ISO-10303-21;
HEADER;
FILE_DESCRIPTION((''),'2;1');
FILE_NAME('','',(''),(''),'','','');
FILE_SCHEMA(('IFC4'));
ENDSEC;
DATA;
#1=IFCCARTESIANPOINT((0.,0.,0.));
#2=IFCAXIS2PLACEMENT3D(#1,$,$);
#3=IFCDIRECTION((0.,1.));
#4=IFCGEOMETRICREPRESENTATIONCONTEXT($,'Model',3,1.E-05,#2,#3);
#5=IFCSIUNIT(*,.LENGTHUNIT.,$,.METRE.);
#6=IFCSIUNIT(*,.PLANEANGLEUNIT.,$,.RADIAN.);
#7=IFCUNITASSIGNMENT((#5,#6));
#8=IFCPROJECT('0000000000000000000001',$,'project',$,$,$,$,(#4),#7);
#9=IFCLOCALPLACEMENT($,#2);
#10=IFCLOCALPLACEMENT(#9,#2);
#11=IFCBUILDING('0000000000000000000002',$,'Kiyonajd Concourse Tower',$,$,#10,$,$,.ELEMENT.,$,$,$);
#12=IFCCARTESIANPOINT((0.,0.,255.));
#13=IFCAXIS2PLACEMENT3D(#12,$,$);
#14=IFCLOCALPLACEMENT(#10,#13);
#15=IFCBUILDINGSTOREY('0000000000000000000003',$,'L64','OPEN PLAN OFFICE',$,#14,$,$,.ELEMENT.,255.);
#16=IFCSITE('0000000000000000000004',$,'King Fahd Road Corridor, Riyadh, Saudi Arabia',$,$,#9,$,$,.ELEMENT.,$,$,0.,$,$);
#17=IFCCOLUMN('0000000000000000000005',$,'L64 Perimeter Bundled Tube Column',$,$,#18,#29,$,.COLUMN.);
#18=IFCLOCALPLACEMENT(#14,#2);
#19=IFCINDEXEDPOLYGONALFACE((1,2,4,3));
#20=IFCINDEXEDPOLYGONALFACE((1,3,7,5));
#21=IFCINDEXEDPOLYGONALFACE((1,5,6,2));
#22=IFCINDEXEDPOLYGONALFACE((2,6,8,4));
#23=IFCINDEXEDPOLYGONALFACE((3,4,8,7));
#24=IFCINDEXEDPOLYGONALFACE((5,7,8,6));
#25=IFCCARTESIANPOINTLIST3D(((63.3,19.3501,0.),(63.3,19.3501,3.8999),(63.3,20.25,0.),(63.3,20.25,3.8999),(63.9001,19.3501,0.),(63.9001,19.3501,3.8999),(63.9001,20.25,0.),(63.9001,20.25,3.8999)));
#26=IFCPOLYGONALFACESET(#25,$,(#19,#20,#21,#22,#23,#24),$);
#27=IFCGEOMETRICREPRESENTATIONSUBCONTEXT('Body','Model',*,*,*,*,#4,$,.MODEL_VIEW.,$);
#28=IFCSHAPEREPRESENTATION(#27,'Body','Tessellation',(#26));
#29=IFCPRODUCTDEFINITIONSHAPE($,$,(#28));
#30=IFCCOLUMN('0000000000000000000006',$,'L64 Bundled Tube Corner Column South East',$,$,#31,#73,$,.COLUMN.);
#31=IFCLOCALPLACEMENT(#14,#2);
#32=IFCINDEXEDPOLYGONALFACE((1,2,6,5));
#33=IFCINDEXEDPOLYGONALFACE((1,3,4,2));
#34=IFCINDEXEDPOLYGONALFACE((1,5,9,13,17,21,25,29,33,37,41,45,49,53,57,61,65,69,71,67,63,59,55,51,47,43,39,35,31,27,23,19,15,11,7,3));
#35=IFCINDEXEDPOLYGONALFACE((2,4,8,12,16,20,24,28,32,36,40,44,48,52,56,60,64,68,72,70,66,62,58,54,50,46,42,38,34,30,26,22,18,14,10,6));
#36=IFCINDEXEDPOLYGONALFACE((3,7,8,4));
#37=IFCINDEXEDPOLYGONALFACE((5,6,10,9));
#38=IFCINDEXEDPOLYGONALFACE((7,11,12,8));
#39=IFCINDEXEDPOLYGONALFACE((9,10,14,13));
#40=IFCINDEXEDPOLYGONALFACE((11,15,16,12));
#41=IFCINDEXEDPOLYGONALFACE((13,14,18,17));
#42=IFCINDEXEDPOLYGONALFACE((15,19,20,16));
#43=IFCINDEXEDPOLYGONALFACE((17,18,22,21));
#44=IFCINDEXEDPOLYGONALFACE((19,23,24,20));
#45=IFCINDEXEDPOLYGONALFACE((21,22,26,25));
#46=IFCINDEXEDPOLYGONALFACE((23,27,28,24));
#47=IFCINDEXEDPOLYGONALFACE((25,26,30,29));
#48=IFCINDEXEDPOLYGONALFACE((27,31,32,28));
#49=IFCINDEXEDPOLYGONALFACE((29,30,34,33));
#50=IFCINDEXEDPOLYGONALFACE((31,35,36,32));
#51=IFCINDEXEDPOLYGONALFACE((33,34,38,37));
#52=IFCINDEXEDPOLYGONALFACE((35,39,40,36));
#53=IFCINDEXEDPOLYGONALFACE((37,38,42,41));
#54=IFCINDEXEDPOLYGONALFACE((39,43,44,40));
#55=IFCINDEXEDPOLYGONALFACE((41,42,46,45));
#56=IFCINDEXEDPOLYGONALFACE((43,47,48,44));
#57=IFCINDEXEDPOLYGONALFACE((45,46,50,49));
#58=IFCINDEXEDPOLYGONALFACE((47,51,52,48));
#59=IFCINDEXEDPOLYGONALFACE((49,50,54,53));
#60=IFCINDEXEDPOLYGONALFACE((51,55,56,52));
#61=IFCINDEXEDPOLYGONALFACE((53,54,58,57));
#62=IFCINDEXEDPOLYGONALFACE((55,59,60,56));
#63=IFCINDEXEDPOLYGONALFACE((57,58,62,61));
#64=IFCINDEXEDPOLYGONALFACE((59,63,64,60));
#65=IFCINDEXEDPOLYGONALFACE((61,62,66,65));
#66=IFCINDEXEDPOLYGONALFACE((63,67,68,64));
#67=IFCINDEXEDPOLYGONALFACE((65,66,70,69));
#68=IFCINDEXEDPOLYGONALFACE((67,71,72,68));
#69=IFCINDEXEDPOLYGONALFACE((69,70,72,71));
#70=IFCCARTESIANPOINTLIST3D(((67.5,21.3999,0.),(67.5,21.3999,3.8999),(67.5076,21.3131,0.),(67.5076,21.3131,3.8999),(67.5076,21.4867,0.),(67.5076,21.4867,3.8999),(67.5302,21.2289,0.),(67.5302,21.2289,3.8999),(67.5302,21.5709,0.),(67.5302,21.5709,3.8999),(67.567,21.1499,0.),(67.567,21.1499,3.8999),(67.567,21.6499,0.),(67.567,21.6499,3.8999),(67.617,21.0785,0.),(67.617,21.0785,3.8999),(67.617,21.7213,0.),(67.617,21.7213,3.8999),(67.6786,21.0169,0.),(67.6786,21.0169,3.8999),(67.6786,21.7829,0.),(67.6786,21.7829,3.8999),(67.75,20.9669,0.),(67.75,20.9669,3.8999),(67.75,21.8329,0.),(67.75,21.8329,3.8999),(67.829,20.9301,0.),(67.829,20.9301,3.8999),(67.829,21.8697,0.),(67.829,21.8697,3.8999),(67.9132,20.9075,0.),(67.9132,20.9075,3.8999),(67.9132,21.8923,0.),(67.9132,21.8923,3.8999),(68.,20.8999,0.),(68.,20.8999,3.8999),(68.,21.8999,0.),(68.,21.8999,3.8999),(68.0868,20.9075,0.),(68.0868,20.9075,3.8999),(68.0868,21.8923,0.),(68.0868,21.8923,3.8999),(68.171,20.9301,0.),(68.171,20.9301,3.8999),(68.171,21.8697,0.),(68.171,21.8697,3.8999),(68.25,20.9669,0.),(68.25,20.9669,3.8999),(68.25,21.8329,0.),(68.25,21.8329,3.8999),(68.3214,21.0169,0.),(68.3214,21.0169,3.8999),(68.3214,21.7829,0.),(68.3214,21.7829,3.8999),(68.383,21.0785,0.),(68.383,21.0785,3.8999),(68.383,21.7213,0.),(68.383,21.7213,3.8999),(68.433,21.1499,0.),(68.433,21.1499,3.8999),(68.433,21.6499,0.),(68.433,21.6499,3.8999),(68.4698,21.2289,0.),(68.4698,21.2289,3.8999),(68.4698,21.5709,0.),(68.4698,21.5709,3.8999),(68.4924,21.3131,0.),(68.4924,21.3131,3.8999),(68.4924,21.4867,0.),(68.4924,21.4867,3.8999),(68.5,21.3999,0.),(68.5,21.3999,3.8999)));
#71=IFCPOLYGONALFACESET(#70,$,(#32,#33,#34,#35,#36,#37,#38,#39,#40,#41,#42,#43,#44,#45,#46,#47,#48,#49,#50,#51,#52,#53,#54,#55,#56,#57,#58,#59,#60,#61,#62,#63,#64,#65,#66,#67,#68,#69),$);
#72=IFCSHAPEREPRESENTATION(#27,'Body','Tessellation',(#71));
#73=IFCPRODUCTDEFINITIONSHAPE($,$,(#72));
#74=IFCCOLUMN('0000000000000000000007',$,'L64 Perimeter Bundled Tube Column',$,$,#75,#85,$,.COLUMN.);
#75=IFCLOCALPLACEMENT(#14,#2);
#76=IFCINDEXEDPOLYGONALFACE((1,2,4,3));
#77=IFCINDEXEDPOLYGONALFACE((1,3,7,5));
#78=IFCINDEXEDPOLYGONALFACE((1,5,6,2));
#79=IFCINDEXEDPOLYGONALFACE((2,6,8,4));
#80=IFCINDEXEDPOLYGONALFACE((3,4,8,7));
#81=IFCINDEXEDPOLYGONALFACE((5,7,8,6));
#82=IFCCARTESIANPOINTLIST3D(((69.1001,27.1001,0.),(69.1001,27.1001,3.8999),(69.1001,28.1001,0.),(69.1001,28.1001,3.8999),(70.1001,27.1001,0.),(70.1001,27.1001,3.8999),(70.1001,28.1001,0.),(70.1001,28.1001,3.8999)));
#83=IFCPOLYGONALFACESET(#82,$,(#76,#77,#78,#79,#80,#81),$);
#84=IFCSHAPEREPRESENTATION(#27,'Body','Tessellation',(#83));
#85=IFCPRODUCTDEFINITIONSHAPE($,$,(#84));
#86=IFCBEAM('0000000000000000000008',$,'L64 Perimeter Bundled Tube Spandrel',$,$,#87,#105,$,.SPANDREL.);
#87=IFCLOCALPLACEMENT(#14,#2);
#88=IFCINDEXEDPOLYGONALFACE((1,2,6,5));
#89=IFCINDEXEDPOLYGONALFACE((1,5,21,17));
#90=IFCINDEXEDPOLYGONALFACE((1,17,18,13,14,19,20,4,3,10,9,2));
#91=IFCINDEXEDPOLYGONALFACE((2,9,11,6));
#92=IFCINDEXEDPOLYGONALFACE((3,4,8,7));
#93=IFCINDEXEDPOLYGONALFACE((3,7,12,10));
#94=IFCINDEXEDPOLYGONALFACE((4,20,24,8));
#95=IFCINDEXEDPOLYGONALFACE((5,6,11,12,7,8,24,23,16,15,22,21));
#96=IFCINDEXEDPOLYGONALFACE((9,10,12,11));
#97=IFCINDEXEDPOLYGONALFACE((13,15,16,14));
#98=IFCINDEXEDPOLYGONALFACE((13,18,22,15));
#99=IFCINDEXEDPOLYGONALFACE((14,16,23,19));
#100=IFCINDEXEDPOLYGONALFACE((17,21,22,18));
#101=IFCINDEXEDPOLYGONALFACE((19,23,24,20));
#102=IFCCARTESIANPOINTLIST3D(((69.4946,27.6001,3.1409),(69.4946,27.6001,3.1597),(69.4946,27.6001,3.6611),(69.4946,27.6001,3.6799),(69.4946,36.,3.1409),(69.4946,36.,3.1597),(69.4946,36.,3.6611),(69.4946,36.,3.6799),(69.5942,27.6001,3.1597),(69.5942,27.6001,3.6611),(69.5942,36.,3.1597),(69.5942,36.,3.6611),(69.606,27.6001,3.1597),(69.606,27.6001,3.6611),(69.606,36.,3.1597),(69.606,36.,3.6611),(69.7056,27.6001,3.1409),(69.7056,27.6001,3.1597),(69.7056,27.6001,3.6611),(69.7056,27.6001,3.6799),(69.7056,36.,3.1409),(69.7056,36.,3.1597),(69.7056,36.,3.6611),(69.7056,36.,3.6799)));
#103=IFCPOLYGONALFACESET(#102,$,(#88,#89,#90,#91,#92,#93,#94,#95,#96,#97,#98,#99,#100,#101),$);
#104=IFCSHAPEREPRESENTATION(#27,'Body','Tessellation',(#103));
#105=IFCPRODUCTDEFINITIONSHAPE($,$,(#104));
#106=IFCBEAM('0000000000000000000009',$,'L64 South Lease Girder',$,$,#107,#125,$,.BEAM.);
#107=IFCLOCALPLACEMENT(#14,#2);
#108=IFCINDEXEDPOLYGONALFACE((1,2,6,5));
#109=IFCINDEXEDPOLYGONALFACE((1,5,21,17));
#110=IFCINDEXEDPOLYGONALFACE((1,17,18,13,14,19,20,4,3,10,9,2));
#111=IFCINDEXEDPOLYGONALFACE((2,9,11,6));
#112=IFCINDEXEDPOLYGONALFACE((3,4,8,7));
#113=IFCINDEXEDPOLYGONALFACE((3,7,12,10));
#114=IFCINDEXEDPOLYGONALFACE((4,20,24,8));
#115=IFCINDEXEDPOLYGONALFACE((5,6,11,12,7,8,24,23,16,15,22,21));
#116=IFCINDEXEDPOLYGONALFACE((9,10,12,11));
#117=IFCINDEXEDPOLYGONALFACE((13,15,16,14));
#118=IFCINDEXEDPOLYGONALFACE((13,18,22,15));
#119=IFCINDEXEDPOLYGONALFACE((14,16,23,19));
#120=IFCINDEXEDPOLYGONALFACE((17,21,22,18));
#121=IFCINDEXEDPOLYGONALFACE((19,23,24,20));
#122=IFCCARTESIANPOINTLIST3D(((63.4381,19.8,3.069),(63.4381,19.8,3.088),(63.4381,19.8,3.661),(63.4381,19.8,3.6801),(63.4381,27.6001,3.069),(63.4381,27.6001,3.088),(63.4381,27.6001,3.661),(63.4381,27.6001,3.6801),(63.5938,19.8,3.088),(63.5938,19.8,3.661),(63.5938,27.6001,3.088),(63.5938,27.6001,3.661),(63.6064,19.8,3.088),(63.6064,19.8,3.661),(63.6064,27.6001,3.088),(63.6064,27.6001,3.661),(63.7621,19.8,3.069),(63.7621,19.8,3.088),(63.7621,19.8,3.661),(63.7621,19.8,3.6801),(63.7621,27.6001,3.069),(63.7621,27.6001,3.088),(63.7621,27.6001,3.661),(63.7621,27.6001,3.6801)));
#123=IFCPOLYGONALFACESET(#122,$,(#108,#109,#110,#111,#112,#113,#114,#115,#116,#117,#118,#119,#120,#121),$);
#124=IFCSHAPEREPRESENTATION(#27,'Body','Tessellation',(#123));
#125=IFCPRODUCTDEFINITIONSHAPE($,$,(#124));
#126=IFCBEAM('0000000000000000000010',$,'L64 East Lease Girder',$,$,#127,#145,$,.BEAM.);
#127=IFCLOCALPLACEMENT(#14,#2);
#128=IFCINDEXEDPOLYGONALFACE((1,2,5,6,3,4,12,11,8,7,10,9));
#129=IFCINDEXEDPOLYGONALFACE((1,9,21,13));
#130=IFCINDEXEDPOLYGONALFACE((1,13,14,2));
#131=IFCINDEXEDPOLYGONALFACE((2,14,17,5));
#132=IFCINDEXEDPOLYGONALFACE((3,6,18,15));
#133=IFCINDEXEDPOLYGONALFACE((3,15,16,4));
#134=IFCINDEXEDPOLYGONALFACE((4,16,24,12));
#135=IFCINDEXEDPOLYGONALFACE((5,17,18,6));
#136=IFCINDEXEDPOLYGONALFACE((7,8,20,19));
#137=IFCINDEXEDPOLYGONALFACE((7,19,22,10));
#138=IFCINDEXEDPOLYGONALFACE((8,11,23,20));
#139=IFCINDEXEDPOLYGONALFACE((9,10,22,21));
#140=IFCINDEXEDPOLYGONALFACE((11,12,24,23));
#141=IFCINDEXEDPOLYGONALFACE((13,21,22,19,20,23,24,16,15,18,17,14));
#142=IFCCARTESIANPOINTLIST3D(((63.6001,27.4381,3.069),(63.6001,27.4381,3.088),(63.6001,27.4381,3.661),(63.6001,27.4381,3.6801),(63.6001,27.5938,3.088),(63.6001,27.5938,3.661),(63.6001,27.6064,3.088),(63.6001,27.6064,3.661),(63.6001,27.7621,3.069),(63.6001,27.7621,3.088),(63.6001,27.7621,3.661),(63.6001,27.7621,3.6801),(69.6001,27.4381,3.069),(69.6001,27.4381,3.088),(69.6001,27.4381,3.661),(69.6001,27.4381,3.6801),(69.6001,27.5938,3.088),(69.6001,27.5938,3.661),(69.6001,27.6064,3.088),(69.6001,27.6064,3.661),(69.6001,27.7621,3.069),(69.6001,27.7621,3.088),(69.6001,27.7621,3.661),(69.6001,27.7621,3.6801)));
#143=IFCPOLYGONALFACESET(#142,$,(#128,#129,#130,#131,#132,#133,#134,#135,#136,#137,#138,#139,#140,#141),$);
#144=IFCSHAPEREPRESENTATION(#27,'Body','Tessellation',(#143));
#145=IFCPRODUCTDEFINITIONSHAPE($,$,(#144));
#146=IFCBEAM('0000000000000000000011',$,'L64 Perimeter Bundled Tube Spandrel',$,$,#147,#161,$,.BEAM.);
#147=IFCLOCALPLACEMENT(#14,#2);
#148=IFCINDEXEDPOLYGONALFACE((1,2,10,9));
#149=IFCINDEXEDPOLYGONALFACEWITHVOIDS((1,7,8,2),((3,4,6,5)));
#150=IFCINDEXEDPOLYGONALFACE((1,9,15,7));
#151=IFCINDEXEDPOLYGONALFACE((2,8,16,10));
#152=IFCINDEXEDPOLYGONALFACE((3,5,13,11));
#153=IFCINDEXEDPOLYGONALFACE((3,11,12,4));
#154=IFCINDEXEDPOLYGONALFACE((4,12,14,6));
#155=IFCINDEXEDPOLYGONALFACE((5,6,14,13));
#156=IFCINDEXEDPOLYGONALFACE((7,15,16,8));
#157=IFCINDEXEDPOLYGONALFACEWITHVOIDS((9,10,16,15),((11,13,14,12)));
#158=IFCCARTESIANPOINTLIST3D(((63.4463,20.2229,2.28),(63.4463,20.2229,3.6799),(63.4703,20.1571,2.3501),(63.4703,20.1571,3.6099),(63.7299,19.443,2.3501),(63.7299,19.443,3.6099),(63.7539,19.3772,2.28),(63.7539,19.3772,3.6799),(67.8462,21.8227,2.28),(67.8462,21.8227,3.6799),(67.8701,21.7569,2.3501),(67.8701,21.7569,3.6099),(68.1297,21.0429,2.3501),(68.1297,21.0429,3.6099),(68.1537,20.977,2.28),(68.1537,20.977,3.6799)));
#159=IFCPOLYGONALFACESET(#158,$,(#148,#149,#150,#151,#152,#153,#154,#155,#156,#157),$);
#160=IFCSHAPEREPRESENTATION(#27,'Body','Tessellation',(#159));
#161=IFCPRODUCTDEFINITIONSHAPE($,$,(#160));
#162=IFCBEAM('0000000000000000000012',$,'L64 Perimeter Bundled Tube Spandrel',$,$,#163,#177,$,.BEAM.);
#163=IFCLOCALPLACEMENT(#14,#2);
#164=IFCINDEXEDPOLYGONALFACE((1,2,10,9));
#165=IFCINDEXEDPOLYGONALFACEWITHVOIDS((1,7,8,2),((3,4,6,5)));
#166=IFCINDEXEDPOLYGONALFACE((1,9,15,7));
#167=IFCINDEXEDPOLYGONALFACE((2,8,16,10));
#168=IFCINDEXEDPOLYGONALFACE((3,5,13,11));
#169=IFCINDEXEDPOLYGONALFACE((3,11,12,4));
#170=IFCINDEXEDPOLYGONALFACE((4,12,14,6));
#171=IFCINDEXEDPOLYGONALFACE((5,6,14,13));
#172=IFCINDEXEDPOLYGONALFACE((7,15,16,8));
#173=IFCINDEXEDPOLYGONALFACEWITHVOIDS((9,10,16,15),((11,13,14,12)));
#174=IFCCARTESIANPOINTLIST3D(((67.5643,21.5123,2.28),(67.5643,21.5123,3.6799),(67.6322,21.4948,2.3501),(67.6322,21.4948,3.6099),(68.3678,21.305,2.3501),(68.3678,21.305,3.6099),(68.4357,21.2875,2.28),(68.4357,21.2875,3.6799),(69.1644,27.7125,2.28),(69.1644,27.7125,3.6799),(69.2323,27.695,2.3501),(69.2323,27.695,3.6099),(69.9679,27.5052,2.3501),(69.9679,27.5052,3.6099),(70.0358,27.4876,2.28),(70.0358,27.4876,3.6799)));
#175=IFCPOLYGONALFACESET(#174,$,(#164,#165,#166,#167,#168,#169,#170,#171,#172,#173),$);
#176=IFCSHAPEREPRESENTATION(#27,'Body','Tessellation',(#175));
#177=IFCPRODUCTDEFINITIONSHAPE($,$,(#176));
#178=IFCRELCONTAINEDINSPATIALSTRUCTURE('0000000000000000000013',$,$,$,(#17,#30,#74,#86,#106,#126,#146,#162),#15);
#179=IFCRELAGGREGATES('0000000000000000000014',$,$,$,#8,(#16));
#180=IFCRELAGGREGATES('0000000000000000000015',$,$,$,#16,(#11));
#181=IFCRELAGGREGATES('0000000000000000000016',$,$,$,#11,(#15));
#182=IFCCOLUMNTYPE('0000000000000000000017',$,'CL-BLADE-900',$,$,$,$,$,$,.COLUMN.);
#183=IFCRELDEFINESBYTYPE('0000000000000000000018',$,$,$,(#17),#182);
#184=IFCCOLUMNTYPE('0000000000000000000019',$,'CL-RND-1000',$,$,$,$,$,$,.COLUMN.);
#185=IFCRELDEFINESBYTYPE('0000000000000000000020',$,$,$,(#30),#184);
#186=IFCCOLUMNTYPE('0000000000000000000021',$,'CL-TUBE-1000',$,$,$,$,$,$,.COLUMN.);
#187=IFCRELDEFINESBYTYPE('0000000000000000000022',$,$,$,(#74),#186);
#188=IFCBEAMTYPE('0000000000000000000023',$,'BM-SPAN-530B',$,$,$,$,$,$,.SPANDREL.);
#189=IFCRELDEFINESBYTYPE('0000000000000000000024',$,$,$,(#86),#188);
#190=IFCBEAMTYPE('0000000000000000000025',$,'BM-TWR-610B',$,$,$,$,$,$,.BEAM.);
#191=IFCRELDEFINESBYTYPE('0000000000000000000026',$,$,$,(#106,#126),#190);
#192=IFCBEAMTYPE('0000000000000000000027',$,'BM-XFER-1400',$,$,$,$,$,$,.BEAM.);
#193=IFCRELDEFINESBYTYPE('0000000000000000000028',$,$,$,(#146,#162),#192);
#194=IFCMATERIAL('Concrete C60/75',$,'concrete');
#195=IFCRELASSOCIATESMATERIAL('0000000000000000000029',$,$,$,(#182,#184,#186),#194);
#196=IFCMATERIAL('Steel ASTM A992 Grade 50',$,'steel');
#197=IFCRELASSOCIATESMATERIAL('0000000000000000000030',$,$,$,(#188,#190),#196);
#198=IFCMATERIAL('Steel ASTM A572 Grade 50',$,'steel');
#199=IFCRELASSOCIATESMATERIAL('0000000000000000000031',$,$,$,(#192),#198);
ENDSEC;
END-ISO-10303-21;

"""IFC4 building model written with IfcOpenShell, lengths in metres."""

from ifc_helpers import new_model, si_unit, direction, frame, origin, origin_2d, place, context, subcontext, project, spatial, rectangle, hollow_rectangle, circle, i_section, extrude, material, material_profile, profile_set, type_object, element, save


model = new_model("IFC4")

# Units and contexts
model_context = context("Model", 3, precision=1e-05, world=origin(), true_north=direction((0.0, 1.0)))
body_context = subcontext(model_context, "Body", "Model", "MODEL_VIEW")
ifc_project = project(units=[si_unit("LENGTHUNIT", "METRE"), si_unit("PLANEANGLEUNIT", "RADIAN")], contexts=[model_context])

# Site, building, storey
site_placement = place(None, origin())
site = spatial("IfcSite", under=ifc_project, at=site_placement, Name="King Fahd Road Corridor, Riyadh, Saudi Arabia", CompositionType="ELEMENT", RefElevation=0.0)
building_placement = place(site_placement, origin())
building = spatial("IfcBuilding", under=site, at=building_placement, Name="Kiyonajd Concourse Tower", CompositionType="ELEMENT")
storey_placement = place(building_placement, frame((0.0, 0.0, 255.0)))
storey = spatial("IfcBuildingStorey", under=building, at=storey_placement, Name="L64", Description="OPEN PLAN OFFICE", CompositionType="ELEMENT", Elevation=255.0)

# Columns
ifc_material_1 = material(Name="Concrete C60/75", Category="concrete")
ifc_material_profile_1 = material_profile(ifc_material_1, rectangle(XDim=0.6001, YDim=0.8999, at=origin_2d()), Name="RC-900x600")
ifc_profile_set_1 = profile_set([ifc_material_profile_1], Name="Concrete C60/75")
column_type_1 = type_object("IfcColumnType", Name="CL-BLADE-900", PredefinedType="COLUMN", material=ifc_profile_set_1)
column_1_placement = place(storey_placement, frame((63.6001, 19.8, 0.0), z_axis=(0.0, 0.0, 1.0), x_axis=(1.0, 0.0, 0.0)))
element("IfcColumn", 1, at=column_1_placement, inside=storey, type_object=column_type_1, Name="L64 Perimeter Bundled Tube Column", PredefinedType="COLUMN", context=body_context, shape_type="SweptSolid", body=[
    extrude(rectangle(XDim=0.6001, YDim=0.8999, at=origin_2d()), origin(), (0.0, 0.0, 1.0), 3.8999),
])
ifc_material_profile_2 = material_profile(ifc_material_1, circle(Radius=0.5, at=origin_2d()), Name="RCC-D1000")
ifc_profile_set_2 = profile_set([ifc_material_profile_2], Name="Concrete C60/75")
column_type_2 = type_object("IfcColumnType", Name="CL-RND-1000", PredefinedType="COLUMN", material=ifc_profile_set_2)
column_2_placement = place(storey_placement, frame((68.0, 21.3999, 0.0), z_axis=(0.0, 0.0, 1.0), x_axis=(1.0, 0.0, 0.0)))
element("IfcColumn", 2, at=column_2_placement, inside=storey, type_object=column_type_2, Name="L64 Bundled Tube Corner Column South East", PredefinedType="COLUMN", context=body_context, shape_type="SweptSolid", body=[
    extrude(circle(Radius=0.5, at=origin_2d()), origin(), (0.0, 0.0, 1.0), 3.8999),
])
ifc_material_profile_3 = material_profile(ifc_material_1, rectangle(XDim=1.0, YDim=1.0, at=origin_2d()), Name="RC-1000x1000")
ifc_profile_set_3 = profile_set([ifc_material_profile_3], Name="Concrete C60/75")
column_type_3 = type_object("IfcColumnType", Name="CL-TUBE-1000", PredefinedType="COLUMN", material=ifc_profile_set_3)
column_3_placement = place(storey_placement, frame((69.6001, 27.6001, 0.0), z_axis=(0.0, 0.0, 1.0), x_axis=(1.0, 0.0, 0.0)))
element("IfcColumn", 3, at=column_3_placement, inside=storey, type_object=column_type_3, Name="L64 Perimeter Bundled Tube Column", PredefinedType="COLUMN", context=body_context, shape_type="SweptSolid", body=[
    extrude(rectangle(XDim=1.0, YDim=1.0, at=origin_2d()), origin(), (0.0, 0.0, 1.0), 3.8999),
])

# Beams
ifc_material_2 = material(Name="Steel ASTM A992 Grade 50", Category="steel")
ifc_material_profile_4 = material_profile(ifc_material_2, i_section(OverallWidth=0.2109, OverallDepth=0.5391, WebThickness=0.0117, FlangeThickness=0.0188, at=origin_2d()), Name="W530X109")
ifc_profile_set_4 = profile_set([ifc_material_profile_4], Name="Steel ASTM A992 Grade 50")
beam_type_1 = type_object("IfcBeamType", Name="BM-SPAN-530B", PredefinedType="SPANDREL", material=ifc_profile_set_4)
beam_1_placement = place(storey_placement, frame((69.6001, 27.6001, 3.4104), z_axis=(0.0, 1.0, 0.0), x_axis=(-1.0, 0.0, 0.0)))
element("IfcBeam", 4, at=beam_1_placement, inside=storey, type_object=beam_type_1, Name="L64 Perimeter Bundled Tube Spandrel", PredefinedType="SPANDREL", context=body_context, shape_type="SweptSolid", body=[
    extrude(i_section(OverallWidth=0.2109, OverallDepth=0.5391, WebThickness=0.0117, FlangeThickness=0.0188, at=origin_2d()), origin(), (0.0, 0.0, 1.0), 8.3999),
])
ifc_material_profile_5 = material_profile(ifc_material_2, i_section(OverallWidth=0.324, OverallDepth=0.6111, WebThickness=0.0127, FlangeThickness=0.019, at=origin_2d()), Name="W610X155")
ifc_profile_set_5 = profile_set([ifc_material_profile_5], Name="Steel ASTM A992 Grade 50")
beam_type_2 = type_object("IfcBeamType", Name="BM-TWR-610B", PredefinedType="BEAM", material=ifc_profile_set_5)
beam_2_placement = place(storey_placement, frame((63.6001, 19.8, 3.3745), z_axis=(0.0, 1.0, 0.0), x_axis=(-1.0, 0.0, 0.0)))
element("IfcBeam", 5, at=beam_2_placement, inside=storey, type_object=beam_type_2, Name="L64 South Lease Girder", PredefinedType="BEAM", context=body_context, shape_type="SweptSolid", body=[
    extrude(i_section(OverallWidth=0.324, OverallDepth=0.6111, WebThickness=0.0127, FlangeThickness=0.019, at=origin_2d()), origin(), (0.0, 0.0, 1.0), 7.8),
])
beam_3_placement = place(storey_placement, frame((63.6001, 27.6001, 3.3745), z_axis=(1.0, 0.0, 0.0), x_axis=(0.0, 1.0, 0.0)))
element("IfcBeam", 6, at=beam_3_placement, inside=storey, type_object=beam_type_2, Name="L64 East Lease Girder", PredefinedType="BEAM", context=body_context, shape_type="SweptSolid", body=[
    extrude(i_section(OverallWidth=0.324, OverallDepth=0.6111, WebThickness=0.0127, FlangeThickness=0.019, at=origin_2d()), origin(), (0.0, 0.0, 1.0), 6.0),
])
ifc_material_3 = material(Name="Steel ASTM A572 Grade 50", Category="steel")
ifc_material_profile_6 = material_profile(ifc_material_3, hollow_rectangle(XDim=0.8999, YDim=1.3999, WallThickness=0.0701, at=origin_2d()), Name="BOX-1400x900x70")
ifc_profile_set_6 = profile_set([ifc_material_profile_6], Name="Steel ASTM A572 Grade 50")
beam_type_3 = type_object("IfcBeamType", Name="BM-XFER-1400", PredefinedType="BEAM", material=ifc_profile_set_6)
beam_4_placement = place(storey_placement, frame((63.6001, 19.8, 2.98), z_axis=(0.939801, 0.341722, 0.0), x_axis=(-0.341722, 0.939801, 0.0)))
element("IfcBeam", 7, at=beam_4_placement, inside=storey, type_object=beam_type_3, Name="L64 Perimeter Bundled Tube Spandrel", PredefinedType="BEAM", context=body_context, shape_type="SweptSolid", body=[
    extrude(hollow_rectangle(XDim=0.8999, YDim=1.3999, WallThickness=0.0701, at=origin_2d()), origin(), (0.0, 0.0, 1.0), 4.6816),
])
beam_5_placement = place(storey_placement, frame((68.0, 21.3999, 2.98), z_axis=(0.249885, 0.968276, 0.0), x_axis=(-0.968276, 0.249885, 0.0)))
element("IfcBeam", 8, at=beam_5_placement, inside=storey, type_object=beam_type_3, Name="L64 Perimeter Bundled Tube Spandrel", PredefinedType="BEAM", context=body_context, shape_type="SweptSolid", body=[
    extrude(hollow_rectangle(XDim=0.8999, YDim=1.3999, WallThickness=0.0701, at=origin_2d()), origin(), (0.0, 0.0, 1.0), 6.4033),
])

save(model, "model.ifc")
